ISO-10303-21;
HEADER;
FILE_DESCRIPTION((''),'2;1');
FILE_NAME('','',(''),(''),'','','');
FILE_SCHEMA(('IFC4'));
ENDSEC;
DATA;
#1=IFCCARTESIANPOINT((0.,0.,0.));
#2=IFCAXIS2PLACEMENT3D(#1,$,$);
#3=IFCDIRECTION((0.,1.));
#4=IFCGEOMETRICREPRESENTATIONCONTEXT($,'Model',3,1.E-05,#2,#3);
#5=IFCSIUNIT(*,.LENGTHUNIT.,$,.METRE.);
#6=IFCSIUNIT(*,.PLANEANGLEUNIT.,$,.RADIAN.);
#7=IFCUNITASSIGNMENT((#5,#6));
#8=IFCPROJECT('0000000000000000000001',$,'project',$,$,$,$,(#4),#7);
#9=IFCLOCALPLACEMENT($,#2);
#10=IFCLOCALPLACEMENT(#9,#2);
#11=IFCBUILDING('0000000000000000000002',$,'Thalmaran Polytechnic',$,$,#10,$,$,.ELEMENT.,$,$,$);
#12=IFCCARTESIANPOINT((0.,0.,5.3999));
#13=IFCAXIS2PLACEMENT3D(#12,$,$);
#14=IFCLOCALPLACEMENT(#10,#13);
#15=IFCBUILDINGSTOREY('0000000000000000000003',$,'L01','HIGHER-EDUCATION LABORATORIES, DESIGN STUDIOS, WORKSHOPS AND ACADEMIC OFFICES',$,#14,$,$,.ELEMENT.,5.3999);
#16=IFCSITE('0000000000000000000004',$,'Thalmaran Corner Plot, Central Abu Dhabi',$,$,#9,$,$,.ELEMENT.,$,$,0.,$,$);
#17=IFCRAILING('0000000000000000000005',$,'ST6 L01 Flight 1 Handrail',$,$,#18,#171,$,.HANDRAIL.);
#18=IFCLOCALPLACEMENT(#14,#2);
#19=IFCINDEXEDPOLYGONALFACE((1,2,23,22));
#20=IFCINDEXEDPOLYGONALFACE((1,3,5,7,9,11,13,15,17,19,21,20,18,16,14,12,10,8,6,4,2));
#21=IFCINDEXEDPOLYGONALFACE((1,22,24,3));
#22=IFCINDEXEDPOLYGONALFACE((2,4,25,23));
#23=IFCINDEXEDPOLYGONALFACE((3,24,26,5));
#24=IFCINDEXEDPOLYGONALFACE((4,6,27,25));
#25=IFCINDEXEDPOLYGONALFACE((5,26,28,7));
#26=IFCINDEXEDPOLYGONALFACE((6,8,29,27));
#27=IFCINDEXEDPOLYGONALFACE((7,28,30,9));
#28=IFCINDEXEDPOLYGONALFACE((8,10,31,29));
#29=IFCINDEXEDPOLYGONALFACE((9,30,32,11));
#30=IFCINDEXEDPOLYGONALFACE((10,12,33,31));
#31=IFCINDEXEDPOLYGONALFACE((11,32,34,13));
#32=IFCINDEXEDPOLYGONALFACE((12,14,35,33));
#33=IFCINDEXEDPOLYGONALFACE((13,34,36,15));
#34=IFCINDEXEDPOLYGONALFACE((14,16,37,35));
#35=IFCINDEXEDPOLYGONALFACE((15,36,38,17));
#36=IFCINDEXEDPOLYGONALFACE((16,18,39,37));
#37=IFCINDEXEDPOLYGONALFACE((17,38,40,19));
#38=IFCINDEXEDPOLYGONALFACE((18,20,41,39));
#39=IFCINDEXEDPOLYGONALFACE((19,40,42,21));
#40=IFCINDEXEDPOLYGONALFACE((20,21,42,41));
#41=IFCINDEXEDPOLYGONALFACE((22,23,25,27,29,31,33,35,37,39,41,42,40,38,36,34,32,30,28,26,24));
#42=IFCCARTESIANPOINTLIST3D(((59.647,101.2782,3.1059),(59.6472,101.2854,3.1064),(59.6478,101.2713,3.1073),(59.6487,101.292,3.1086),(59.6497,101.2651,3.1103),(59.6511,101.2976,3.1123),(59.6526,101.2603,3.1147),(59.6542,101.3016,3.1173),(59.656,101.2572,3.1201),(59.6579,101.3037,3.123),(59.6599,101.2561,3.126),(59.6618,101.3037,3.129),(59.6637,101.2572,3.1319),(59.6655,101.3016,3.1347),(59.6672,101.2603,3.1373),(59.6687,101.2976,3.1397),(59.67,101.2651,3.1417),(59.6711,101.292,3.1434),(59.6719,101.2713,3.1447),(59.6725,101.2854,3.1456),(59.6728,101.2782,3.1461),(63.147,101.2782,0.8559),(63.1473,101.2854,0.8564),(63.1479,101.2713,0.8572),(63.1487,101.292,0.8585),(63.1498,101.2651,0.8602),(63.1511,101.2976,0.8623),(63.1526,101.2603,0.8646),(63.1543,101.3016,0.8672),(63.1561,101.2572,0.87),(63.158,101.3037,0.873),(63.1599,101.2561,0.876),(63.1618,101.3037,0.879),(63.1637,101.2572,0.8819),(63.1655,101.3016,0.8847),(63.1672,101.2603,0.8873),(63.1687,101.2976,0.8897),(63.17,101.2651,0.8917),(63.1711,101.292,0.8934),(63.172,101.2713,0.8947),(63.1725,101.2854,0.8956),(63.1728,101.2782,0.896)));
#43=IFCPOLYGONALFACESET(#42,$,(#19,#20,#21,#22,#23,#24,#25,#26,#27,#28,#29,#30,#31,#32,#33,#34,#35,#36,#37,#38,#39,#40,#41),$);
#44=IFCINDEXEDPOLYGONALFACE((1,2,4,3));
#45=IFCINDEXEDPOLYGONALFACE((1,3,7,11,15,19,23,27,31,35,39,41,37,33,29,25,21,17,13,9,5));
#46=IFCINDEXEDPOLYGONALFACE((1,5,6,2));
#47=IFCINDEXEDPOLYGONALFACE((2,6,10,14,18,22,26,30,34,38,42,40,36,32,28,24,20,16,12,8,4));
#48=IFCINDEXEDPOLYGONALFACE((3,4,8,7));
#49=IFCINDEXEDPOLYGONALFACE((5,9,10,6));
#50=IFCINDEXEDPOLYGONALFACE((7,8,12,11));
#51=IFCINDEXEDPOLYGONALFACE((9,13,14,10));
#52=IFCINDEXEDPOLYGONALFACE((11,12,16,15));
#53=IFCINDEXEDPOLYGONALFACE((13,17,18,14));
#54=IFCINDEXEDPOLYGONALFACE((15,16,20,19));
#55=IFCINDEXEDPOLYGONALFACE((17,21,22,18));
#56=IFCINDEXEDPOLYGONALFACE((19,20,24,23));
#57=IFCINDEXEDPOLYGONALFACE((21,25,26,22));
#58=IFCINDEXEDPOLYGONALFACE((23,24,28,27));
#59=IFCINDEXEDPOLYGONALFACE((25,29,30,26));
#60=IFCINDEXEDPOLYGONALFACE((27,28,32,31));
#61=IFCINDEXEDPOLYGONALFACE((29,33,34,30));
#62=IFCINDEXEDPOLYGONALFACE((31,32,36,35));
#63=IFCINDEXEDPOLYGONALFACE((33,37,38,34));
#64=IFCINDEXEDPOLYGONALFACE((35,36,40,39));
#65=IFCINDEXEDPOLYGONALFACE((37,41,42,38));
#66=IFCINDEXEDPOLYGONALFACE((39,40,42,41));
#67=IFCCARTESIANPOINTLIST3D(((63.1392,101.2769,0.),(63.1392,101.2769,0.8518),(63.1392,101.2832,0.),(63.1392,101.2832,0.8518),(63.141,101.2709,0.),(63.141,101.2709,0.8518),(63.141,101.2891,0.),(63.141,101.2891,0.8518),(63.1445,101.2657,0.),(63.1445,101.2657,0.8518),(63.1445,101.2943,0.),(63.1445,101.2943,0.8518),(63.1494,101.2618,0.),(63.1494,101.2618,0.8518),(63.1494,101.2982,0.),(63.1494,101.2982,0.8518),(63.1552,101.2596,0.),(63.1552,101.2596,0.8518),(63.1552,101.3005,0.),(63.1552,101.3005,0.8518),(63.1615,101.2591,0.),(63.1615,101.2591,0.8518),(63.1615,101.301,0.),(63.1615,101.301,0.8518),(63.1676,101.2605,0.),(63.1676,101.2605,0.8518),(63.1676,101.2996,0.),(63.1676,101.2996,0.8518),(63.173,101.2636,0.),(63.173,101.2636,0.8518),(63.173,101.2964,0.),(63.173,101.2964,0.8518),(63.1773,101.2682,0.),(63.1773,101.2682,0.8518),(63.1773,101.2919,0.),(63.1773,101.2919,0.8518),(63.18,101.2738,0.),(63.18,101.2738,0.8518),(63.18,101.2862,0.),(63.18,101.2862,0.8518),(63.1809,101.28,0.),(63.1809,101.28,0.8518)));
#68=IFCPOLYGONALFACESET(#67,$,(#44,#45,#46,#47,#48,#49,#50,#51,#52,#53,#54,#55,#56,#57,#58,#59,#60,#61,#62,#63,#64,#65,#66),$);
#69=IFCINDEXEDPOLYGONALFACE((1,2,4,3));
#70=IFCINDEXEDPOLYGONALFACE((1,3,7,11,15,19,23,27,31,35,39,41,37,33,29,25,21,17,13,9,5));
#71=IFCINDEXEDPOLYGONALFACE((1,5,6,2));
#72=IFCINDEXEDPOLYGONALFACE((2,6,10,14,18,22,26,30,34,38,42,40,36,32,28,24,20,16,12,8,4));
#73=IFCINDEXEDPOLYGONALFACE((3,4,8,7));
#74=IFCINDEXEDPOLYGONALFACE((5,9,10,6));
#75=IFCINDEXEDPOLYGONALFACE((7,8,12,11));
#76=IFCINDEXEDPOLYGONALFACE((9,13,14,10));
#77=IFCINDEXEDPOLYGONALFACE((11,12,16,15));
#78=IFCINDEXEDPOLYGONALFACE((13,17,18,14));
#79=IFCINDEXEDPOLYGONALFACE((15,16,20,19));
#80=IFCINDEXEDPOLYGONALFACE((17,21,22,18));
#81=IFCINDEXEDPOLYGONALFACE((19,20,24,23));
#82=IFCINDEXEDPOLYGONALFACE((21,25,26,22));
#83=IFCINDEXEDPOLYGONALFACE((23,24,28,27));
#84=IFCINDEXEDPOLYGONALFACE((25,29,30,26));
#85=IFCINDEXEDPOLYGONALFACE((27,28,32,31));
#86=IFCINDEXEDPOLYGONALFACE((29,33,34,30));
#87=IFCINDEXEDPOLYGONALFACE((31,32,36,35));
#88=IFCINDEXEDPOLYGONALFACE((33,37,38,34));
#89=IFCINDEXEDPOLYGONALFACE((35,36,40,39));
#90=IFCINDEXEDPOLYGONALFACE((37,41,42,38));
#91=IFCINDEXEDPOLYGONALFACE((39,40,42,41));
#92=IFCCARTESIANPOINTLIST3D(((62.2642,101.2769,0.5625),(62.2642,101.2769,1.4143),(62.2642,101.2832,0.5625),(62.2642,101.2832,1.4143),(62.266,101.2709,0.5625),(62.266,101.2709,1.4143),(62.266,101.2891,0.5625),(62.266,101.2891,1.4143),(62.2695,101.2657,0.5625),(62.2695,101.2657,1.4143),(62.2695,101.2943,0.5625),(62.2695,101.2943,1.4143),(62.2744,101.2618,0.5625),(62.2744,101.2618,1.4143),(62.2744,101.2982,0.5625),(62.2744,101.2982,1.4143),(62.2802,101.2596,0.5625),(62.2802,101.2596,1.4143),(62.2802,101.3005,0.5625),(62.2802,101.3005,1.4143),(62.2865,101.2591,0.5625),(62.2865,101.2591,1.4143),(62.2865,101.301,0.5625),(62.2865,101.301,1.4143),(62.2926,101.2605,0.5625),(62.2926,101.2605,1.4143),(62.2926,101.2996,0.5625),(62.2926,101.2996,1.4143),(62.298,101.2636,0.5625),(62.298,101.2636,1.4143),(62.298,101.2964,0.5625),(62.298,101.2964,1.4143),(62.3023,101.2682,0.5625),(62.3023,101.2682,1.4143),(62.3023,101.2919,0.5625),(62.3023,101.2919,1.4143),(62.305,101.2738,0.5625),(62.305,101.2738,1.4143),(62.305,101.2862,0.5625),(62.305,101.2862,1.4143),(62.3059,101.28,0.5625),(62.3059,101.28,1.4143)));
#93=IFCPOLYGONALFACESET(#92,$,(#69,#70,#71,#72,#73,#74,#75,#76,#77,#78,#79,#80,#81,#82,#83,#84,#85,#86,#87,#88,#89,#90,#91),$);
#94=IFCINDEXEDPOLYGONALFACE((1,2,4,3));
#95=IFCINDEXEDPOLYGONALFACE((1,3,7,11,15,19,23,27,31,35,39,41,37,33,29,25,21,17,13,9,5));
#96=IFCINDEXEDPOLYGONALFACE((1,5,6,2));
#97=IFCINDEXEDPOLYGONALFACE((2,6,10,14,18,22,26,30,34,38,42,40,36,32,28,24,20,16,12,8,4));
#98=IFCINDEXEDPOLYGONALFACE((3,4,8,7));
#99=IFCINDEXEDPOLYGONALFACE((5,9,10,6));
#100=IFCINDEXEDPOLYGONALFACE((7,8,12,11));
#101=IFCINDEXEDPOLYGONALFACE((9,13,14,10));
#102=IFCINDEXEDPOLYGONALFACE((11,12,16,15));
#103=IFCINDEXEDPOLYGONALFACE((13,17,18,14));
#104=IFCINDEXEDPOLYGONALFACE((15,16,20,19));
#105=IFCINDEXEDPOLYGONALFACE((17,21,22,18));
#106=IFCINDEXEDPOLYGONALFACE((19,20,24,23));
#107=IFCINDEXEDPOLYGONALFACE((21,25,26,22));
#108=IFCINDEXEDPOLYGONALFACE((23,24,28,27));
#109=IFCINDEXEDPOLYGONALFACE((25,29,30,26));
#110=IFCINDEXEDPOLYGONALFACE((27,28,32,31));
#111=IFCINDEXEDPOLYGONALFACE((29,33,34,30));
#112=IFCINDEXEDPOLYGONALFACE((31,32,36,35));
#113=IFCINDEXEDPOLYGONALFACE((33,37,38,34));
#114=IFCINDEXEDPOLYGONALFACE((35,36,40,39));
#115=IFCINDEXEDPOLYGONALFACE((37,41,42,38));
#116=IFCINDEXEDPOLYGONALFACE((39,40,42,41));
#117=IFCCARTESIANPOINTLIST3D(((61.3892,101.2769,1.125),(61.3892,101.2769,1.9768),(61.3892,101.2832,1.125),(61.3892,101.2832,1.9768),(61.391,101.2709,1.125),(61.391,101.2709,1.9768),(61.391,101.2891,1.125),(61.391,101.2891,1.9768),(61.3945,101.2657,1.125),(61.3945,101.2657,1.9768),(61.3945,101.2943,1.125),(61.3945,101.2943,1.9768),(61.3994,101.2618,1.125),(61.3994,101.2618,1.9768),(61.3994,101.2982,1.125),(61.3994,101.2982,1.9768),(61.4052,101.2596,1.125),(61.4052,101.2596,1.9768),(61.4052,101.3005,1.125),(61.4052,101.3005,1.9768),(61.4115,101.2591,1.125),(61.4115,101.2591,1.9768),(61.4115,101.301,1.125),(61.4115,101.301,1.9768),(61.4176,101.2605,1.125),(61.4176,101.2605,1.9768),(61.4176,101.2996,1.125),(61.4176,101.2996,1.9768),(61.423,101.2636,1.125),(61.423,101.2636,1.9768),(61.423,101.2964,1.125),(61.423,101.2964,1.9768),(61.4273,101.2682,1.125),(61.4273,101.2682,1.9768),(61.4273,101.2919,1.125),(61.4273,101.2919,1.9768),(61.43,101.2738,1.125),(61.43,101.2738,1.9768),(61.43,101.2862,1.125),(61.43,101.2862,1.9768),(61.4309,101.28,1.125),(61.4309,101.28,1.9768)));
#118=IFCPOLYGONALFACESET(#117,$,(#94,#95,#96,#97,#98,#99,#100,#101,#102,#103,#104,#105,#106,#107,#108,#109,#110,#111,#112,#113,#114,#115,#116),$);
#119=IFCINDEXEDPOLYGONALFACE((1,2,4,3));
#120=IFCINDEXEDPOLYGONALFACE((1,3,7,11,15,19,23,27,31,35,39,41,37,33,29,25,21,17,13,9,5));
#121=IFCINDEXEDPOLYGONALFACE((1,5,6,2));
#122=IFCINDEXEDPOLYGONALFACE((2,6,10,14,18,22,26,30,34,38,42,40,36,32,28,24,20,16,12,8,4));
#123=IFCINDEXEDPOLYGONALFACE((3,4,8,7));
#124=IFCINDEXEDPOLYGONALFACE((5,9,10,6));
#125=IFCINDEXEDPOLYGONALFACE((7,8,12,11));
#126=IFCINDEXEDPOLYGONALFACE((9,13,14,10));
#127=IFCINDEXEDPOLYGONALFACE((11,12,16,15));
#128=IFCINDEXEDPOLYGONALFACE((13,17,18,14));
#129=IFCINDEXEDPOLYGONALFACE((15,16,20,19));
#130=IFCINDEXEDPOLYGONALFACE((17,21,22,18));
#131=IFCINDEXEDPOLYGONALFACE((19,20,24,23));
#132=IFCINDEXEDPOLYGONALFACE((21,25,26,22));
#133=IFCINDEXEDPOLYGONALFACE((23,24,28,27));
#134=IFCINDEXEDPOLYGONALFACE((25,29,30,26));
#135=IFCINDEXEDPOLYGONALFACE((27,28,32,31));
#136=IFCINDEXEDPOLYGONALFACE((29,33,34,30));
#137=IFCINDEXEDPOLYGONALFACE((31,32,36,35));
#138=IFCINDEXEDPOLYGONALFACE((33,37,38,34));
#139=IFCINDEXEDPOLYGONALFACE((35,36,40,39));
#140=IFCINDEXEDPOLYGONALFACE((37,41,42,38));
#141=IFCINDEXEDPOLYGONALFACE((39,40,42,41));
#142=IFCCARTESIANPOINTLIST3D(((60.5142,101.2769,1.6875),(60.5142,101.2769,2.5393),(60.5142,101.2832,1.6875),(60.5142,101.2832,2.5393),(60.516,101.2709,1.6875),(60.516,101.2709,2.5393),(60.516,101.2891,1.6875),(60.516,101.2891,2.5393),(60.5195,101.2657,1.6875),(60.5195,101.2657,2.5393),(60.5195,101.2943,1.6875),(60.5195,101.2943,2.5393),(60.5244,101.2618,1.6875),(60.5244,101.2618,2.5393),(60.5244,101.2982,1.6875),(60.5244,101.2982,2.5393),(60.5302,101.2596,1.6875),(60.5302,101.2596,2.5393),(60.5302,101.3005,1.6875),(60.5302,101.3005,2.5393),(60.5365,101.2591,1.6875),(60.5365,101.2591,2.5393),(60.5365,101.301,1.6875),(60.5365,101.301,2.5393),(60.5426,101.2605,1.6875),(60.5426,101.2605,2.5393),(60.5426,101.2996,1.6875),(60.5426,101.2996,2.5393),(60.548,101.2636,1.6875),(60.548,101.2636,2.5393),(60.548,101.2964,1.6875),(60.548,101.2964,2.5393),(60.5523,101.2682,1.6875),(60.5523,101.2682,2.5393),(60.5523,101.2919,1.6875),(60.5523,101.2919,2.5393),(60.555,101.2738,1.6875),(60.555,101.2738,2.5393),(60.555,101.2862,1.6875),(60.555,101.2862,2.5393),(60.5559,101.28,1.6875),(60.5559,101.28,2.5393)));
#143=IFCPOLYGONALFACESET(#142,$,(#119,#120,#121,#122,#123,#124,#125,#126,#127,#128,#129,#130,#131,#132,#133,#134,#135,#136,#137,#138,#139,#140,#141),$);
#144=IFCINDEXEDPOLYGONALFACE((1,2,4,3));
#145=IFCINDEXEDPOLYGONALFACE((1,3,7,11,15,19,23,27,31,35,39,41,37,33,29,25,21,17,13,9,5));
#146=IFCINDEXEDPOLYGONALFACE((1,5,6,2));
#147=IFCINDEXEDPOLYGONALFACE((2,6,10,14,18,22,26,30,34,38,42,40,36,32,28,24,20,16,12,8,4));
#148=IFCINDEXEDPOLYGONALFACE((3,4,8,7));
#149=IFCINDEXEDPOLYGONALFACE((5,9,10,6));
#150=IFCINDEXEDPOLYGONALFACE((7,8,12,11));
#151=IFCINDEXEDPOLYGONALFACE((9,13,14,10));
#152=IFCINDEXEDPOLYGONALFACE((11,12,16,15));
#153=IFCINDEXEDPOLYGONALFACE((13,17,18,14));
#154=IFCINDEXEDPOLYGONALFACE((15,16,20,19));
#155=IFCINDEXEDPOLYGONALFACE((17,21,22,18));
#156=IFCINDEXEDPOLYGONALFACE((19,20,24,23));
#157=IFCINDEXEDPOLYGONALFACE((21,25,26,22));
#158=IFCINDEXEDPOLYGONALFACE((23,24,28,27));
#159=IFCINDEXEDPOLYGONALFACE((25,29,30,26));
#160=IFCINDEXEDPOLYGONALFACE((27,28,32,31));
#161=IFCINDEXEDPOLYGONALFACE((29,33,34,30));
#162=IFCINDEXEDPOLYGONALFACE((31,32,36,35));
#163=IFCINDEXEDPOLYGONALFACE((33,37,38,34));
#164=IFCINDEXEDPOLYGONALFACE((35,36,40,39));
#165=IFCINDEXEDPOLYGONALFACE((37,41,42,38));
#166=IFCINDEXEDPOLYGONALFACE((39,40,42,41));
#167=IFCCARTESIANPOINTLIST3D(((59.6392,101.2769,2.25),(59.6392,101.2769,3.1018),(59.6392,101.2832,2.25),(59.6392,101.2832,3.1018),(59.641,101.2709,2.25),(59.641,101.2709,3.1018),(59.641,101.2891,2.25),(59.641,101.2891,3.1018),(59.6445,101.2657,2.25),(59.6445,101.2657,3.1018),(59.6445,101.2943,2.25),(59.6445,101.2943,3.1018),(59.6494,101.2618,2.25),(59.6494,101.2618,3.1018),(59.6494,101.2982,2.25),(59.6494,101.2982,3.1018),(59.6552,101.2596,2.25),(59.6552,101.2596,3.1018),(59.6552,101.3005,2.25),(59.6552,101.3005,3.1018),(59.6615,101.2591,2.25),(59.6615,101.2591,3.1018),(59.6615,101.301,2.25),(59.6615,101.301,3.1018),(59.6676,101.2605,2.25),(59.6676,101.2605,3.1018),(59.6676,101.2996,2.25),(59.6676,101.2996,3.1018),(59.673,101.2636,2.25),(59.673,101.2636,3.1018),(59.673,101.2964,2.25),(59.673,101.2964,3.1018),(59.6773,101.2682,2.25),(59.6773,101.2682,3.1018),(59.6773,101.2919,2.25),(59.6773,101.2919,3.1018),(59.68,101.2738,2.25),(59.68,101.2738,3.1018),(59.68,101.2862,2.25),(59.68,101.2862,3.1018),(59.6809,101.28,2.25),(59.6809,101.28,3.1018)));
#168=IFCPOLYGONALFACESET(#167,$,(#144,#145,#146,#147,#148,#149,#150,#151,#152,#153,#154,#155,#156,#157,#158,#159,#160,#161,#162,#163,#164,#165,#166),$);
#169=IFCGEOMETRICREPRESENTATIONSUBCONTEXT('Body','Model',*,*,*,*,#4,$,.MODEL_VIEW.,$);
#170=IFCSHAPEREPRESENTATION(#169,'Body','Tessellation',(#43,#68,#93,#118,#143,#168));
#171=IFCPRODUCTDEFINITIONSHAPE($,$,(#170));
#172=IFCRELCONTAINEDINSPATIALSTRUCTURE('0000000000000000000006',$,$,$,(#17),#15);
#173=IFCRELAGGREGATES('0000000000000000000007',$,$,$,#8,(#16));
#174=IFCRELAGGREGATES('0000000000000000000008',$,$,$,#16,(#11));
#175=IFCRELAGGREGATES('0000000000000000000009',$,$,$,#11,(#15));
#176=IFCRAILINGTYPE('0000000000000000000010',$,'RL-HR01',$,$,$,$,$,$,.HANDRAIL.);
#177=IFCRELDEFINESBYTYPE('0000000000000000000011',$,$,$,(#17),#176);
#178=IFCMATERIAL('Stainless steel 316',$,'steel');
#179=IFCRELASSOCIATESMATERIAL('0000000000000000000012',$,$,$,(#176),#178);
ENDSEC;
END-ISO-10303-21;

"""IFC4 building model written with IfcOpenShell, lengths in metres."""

from ifc_helpers import new_model, si_unit, direction, frame, origin, origin_2d, place, context, subcontext, project, spatial, circle, extrude, material, type_object, element, save


model = new_model("IFC4")

# Units and contexts
model_context = context("Model", 3, precision=1e-05, world=origin(), true_north=direction((0.0, 1.0)))
body_context = subcontext(model_context, "Body", "Model", "MODEL_VIEW")
ifc_project = project(units=[si_unit("LENGTHUNIT", "METRE"), si_unit("PLANEANGLEUNIT", "RADIAN")], contexts=[model_context])

# Site, building, storey
site_placement = place(None, origin())
site = spatial("IfcSite", under=ifc_project, at=site_placement, Name="Thalmaran Corner Plot, Central Abu Dhabi", CompositionType="ELEMENT", RefElevation=0.0)
building_placement = place(site_placement, origin())
building = spatial("IfcBuilding", under=site, at=building_placement, Name="Thalmaran Polytechnic", CompositionType="ELEMENT")
storey_placement = place(building_placement, frame((0.0, 0.0, 5.3999)))
storey = spatial("IfcBuildingStorey", under=building, at=storey_placement, Name="L01", Description="HIGHER-EDUCATION LABORATORIES, DESIGN STUDIOS, WORKSHOPS AND ACADEMIC OFFICES", CompositionType="ELEMENT", Elevation=5.3999)

# Railing
ifc_material_1 = material(Name="Stainless steel 316", Category="steel")
railing_type_1 = type_object("IfcRailingType", Name="RL-HR01", PredefinedType="HANDRAIL", material=ifc_material_1)
railing_1_placement = place(storey_placement, frame((63.1599, 101.28, 0.0)))
element("IfcRailing", 1, at=railing_1_placement, inside=storey, type_object=railing_type_1, Name="ST6 L01 Flight 1 Handrail", PredefinedType="HANDRAIL", context=body_context, shape_type="SweptSolid", body=[
    extrude(circle(Radius=0.0239, at=origin_2d()), frame((0.0, 0.0, 0.876), z_axis=(-0.841178, 0.0, 0.540758), x_axis=(0.0, -1.0, 0.0)), (0.0, 0.0, 1.0), 4.1609),
    extrude(circle(Radius=0.021, at=origin_2d()), origin(), (0.0, 0.0, 1.0), 0.8518),
    extrude(circle(Radius=0.021, at=origin_2d()), frame((-0.875, 0.0, 0.5625)), (0.0, 0.0, 1.0), 0.8518),
    extrude(circle(Radius=0.021, at=origin_2d()), frame((-1.75, 0.0, 1.125)), (0.0, 0.0, 1.0), 0.8518),
    extrude(circle(Radius=0.021, at=origin_2d()), frame((-2.625, 0.0, 1.6875)), (0.0, 0.0, 1.0), 0.8518),
    extrude(circle(Radius=0.021, at=origin_2d()), frame((-3.5, 0.0, 2.25)), (0.0, 0.0, 1.0), 0.8518),
])

save(model, "model.ifc")
